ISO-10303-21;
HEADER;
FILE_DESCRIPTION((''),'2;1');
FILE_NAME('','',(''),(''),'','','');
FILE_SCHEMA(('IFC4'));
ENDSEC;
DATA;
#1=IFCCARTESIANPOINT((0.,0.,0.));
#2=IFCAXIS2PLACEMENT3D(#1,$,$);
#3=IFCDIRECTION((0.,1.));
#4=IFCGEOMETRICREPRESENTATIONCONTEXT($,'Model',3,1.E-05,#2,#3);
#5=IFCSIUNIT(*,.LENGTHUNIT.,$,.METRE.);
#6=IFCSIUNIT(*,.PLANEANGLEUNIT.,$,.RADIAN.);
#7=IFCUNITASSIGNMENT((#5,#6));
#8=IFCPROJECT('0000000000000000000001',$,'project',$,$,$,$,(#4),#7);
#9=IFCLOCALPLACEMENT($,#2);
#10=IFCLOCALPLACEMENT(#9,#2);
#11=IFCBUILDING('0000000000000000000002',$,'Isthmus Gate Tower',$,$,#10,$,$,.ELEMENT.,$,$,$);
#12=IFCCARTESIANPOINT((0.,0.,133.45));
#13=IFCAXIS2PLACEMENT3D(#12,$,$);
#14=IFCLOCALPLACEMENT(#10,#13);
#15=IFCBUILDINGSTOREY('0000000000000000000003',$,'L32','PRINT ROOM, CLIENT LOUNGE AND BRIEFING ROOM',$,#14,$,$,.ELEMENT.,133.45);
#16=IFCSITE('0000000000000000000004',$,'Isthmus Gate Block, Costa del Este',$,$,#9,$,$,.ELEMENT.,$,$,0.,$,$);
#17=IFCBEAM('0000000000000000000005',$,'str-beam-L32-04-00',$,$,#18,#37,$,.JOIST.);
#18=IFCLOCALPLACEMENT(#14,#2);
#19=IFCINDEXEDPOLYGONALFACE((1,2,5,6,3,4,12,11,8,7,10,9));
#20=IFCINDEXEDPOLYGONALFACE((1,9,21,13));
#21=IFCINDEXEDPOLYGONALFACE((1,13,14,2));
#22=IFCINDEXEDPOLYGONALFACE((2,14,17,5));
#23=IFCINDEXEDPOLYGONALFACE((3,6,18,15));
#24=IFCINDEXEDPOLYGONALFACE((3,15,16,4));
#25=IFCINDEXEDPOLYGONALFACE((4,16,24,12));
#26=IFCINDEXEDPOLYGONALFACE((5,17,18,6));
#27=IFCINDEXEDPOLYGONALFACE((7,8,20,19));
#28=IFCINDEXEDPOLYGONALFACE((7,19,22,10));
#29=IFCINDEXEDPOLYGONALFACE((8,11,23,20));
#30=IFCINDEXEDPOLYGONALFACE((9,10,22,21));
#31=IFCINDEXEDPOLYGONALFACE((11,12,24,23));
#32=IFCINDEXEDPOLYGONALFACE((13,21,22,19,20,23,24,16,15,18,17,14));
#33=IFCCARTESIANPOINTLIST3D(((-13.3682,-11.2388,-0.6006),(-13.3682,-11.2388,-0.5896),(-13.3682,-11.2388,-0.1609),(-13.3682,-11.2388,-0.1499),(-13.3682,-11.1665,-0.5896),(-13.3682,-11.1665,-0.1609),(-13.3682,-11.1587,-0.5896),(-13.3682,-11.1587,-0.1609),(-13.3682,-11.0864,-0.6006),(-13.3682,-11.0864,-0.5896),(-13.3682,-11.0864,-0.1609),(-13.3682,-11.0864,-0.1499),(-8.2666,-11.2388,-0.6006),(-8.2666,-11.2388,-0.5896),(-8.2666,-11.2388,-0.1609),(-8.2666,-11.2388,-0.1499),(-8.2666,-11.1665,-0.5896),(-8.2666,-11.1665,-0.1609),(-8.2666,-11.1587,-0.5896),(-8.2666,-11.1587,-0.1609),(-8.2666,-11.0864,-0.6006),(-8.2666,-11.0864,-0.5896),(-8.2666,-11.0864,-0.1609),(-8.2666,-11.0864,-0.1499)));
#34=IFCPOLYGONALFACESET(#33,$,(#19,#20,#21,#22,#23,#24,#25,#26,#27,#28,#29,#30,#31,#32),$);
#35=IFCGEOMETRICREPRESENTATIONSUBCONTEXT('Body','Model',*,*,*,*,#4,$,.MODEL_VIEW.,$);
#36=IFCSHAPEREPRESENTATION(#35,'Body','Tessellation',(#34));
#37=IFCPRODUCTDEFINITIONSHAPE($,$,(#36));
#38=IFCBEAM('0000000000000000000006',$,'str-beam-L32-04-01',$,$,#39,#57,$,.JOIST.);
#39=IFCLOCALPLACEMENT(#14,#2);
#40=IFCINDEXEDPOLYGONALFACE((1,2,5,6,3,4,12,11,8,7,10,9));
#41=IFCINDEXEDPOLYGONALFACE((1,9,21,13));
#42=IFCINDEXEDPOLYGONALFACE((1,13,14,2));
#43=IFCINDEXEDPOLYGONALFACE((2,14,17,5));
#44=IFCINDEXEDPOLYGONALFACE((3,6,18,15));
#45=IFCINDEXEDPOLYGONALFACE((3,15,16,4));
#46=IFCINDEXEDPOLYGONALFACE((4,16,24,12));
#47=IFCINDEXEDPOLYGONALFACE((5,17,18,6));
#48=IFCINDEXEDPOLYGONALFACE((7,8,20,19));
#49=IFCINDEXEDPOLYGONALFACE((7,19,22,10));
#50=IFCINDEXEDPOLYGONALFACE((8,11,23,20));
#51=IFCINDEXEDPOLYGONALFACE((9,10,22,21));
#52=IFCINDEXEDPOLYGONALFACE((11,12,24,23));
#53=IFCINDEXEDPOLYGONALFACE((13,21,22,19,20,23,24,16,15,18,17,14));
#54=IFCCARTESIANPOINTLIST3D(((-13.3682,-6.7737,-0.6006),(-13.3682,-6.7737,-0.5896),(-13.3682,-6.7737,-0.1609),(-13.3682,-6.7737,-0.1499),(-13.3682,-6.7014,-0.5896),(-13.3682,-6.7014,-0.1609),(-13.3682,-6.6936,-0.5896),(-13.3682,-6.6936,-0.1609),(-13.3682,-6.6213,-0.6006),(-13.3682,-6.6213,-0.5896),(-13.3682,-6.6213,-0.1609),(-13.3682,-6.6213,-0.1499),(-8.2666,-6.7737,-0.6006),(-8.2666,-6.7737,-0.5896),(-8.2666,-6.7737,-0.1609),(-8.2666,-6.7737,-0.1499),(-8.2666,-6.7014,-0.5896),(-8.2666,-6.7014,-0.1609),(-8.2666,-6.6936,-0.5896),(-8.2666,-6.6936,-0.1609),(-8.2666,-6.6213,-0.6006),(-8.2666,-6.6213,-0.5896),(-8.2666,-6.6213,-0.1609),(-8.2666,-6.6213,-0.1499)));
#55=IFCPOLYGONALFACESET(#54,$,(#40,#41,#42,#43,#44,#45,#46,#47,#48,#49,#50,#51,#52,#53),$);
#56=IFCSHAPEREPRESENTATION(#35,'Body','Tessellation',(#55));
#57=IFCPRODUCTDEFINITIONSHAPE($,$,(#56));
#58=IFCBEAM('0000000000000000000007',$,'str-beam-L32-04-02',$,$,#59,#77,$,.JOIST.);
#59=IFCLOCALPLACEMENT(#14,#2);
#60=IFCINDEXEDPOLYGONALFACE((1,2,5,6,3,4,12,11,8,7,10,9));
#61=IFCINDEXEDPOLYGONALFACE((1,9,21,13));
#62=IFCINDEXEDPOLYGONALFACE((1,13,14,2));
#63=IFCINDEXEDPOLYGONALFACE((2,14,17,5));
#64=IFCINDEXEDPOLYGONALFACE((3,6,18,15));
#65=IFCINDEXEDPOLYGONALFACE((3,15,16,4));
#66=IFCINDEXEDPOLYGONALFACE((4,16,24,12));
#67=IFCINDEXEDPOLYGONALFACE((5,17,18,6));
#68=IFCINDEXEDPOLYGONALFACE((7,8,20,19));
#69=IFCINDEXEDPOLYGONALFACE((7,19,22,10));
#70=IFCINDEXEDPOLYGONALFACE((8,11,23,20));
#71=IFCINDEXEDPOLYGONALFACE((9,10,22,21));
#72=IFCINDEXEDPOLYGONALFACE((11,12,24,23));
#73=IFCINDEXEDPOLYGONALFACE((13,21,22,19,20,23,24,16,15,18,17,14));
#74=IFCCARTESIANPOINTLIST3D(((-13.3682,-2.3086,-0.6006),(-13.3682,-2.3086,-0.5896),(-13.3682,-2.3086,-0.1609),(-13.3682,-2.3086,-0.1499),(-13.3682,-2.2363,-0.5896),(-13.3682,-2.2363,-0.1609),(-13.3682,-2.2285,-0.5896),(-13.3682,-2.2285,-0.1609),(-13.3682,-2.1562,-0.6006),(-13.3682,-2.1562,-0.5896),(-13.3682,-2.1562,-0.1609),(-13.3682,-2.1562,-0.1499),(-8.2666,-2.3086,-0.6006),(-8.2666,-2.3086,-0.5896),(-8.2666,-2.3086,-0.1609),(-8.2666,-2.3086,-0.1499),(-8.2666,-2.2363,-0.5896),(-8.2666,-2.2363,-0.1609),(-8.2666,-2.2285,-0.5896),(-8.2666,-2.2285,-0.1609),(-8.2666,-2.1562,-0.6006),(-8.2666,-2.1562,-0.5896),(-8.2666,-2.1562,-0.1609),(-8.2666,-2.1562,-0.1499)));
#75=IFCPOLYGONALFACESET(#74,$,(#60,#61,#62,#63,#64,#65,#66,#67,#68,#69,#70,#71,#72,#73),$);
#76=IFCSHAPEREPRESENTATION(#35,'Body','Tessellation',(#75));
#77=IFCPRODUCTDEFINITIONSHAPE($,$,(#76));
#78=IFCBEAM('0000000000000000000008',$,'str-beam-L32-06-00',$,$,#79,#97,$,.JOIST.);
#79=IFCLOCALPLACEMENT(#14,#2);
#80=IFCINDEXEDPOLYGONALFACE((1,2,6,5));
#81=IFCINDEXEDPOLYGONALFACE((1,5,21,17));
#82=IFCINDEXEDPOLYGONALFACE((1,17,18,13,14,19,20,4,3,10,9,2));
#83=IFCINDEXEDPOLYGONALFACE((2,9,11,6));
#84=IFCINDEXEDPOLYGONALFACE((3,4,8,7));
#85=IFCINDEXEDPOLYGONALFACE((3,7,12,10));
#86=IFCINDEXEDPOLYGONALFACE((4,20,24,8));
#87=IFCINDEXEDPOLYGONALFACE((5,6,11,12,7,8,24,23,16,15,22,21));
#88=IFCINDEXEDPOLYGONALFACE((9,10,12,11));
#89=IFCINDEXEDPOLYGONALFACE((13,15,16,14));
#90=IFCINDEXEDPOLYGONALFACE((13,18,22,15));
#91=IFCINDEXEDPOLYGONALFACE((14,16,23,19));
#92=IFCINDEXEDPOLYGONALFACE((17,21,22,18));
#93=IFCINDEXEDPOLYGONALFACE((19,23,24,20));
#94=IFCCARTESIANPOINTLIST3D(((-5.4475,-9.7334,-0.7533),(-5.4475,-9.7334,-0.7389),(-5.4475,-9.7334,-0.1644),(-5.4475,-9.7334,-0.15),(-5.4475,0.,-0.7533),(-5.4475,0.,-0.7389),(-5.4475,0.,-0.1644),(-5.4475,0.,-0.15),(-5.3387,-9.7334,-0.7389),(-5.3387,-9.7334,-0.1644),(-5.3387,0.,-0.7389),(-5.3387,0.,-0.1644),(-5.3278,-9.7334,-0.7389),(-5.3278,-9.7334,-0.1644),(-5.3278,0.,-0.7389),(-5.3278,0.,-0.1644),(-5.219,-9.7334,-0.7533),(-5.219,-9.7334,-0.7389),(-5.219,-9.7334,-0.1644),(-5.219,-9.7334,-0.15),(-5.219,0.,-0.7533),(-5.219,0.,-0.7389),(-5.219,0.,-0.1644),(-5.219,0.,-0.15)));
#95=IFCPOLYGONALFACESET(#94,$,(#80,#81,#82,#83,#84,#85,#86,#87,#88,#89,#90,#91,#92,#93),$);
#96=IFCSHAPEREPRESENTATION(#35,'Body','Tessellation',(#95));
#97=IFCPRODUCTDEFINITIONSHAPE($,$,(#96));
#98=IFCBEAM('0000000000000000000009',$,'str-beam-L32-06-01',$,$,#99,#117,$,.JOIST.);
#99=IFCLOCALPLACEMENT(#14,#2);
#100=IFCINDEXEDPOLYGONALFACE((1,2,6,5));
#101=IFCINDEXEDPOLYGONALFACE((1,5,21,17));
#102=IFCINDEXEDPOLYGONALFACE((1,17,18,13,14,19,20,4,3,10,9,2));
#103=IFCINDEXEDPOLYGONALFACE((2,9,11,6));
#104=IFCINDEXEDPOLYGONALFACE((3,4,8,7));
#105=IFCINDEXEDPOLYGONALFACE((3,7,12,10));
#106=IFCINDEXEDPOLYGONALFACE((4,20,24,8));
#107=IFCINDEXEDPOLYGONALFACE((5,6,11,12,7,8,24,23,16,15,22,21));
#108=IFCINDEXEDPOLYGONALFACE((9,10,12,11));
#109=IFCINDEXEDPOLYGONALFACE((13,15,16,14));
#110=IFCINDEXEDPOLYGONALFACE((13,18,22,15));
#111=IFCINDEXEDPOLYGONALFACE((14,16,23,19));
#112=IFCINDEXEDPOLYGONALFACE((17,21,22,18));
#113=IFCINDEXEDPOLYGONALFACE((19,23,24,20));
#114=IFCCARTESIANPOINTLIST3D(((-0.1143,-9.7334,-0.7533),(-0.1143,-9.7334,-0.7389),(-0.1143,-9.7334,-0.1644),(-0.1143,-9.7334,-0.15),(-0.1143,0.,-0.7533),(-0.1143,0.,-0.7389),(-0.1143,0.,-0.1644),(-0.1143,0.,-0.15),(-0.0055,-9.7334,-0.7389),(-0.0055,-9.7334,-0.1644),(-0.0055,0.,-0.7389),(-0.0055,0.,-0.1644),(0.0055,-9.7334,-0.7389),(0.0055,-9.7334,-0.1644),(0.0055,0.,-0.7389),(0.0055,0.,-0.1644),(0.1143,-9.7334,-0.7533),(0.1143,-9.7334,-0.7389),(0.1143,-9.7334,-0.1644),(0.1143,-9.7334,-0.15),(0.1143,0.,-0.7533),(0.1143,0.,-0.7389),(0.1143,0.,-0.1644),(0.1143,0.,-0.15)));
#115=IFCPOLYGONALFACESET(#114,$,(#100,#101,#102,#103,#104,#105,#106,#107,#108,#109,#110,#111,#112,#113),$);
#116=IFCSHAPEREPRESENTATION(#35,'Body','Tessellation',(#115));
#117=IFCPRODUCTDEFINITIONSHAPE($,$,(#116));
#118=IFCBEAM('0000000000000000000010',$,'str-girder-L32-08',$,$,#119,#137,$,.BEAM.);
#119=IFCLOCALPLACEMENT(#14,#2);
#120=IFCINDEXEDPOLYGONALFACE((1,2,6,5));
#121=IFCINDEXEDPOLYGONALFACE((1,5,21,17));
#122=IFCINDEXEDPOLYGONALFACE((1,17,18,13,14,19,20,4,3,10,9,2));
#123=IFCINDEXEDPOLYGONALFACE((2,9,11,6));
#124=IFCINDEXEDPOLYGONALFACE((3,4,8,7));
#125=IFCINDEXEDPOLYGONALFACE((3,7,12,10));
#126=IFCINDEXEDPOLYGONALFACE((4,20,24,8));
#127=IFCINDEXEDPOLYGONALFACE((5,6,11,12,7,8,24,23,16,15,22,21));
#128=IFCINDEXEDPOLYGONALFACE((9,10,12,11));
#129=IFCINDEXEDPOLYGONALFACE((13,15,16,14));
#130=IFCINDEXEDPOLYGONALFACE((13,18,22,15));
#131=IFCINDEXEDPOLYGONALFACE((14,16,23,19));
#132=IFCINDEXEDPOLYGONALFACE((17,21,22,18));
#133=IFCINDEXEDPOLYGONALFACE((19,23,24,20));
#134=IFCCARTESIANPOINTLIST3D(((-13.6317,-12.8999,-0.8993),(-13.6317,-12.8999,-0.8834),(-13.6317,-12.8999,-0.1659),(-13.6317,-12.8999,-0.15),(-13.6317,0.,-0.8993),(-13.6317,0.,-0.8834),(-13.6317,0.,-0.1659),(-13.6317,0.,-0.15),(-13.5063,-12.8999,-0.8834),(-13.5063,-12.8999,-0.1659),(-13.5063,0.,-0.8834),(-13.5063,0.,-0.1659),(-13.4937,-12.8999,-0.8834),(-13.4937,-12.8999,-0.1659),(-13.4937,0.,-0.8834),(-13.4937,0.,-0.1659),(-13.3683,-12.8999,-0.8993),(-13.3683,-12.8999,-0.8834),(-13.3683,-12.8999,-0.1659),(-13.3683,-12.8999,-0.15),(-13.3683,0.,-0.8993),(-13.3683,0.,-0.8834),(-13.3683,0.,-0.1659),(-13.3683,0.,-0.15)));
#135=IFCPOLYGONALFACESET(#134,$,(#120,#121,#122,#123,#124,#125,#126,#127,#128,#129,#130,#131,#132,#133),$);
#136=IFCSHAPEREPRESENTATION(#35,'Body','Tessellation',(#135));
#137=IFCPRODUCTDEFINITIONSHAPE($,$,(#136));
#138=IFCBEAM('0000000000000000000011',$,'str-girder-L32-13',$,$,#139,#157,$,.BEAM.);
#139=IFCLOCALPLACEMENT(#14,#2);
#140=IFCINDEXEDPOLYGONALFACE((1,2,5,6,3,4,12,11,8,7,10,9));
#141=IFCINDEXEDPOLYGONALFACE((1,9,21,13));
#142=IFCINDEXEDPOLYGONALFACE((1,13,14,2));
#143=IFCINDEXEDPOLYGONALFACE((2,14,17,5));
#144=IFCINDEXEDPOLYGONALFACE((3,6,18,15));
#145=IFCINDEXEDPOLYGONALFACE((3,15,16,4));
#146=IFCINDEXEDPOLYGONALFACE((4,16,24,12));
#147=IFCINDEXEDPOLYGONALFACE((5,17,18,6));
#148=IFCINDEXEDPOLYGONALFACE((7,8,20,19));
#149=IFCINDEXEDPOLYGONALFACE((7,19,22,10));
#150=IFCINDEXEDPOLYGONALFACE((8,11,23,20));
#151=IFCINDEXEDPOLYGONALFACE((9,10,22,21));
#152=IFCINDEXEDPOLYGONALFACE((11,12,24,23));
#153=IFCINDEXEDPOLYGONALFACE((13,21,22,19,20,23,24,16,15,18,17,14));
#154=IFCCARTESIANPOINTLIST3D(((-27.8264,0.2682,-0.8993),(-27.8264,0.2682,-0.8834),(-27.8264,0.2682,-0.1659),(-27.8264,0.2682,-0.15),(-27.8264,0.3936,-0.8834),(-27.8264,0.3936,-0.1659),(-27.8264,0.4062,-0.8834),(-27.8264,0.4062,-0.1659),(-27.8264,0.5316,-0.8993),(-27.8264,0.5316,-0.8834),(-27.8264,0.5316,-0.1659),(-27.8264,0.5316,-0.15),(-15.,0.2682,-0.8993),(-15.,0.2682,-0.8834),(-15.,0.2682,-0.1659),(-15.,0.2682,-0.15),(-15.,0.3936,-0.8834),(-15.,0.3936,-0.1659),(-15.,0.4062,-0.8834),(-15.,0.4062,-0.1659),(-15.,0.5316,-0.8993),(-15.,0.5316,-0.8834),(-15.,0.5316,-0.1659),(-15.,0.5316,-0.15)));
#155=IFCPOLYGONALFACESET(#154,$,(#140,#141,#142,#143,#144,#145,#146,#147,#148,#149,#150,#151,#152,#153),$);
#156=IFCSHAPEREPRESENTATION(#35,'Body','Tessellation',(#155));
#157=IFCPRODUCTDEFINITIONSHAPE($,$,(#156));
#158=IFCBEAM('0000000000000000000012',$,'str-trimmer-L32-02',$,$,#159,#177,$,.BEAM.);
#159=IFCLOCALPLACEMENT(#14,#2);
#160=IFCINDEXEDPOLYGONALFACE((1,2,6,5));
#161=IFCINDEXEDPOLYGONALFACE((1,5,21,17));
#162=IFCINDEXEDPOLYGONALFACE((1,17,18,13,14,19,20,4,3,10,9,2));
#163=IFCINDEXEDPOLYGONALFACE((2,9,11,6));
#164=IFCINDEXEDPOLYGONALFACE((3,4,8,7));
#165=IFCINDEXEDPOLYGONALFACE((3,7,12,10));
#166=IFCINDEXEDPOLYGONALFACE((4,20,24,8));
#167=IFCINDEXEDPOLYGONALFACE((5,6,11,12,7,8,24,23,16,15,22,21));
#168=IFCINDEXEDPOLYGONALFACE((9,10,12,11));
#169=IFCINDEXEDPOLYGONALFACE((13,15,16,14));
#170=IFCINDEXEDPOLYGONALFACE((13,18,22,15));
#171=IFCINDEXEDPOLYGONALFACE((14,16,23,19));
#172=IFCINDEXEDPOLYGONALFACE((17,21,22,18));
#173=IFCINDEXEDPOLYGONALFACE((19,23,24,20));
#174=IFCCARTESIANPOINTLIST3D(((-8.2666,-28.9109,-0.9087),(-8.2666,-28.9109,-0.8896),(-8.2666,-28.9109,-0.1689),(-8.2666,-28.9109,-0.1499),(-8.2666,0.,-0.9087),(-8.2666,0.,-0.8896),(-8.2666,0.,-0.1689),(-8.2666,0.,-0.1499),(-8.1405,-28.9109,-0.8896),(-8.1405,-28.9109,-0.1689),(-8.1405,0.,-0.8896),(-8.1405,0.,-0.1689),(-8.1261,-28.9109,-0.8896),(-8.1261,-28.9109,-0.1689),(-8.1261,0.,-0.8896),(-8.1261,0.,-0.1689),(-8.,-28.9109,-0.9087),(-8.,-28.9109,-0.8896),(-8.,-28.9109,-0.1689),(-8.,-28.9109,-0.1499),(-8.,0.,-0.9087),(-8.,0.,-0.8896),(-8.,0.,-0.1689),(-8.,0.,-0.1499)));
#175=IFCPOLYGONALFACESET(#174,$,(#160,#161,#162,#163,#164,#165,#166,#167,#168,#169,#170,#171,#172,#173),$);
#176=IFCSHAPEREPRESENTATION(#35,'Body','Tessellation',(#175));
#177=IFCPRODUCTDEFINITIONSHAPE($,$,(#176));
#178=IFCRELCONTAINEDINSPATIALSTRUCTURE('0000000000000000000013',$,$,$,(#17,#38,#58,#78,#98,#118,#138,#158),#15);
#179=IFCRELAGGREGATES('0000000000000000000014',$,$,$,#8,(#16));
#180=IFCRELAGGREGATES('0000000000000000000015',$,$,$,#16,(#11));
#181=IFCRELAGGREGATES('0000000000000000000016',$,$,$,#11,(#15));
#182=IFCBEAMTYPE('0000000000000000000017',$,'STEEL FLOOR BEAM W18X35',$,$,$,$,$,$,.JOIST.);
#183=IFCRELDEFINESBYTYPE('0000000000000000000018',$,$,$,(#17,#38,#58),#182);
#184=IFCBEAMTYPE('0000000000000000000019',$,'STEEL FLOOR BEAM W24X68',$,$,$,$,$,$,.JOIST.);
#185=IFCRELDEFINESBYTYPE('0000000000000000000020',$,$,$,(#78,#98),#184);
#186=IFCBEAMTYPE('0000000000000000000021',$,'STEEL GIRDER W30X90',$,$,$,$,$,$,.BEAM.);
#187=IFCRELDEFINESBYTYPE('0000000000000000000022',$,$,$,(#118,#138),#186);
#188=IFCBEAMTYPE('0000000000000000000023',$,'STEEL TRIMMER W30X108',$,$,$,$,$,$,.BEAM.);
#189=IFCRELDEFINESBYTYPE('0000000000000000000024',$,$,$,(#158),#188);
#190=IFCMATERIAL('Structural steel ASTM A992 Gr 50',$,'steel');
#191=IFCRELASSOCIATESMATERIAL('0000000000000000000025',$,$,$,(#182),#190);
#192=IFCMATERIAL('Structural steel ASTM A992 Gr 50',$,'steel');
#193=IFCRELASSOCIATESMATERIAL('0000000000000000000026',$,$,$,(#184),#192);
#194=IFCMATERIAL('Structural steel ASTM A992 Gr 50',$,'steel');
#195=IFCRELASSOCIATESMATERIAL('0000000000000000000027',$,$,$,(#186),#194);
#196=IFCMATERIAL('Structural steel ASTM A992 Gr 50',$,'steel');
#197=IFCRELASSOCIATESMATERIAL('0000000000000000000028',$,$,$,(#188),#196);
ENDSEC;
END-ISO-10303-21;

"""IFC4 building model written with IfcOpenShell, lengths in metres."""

from ifc_helpers import new_model, si_unit, direction, frame, origin, origin_2d, place, context, subcontext, project, spatial, i_section, extrude, material, material_profile, profile_set, type_object, element, save


model = new_model("IFC4")

# Units and contexts
model_context = context("Model", 3, precision=1e-05, world=origin(), true_north=direction((0.0, 1.0)))
body_context = subcontext(model_context, "Body", "Model", "MODEL_VIEW")
ifc_project = project(units=[si_unit("LENGTHUNIT", "METRE"), si_unit("PLANEANGLEUNIT", "RADIAN")], contexts=[model_context])

# Site, building, storey
site_placement = place(None, origin())
site = spatial("IfcSite", under=ifc_project, at=site_placement, Name="Isthmus Gate Block, Costa del Este", CompositionType="ELEMENT", RefElevation=0.0)
building_placement = place(site_placement, origin())
building = spatial("IfcBuilding", under=site, at=building_placement, Name="Isthmus Gate Tower", CompositionType="ELEMENT")
storey_placement = place(building_placement, frame((0.0, 0.0, 133.45)))
storey = spatial("IfcBuildingStorey", under=building, at=storey_placement, Name="L32", Description="PRINT ROOM, CLIENT LOUNGE AND BRIEFING ROOM", CompositionType="ELEMENT", Elevation=133.45)

# Beams
ifc_material_1 = material(Name="Structural steel ASTM A992 Gr 50", Category="steel")
ifc_material_profile_1 = material_profile(ifc_material_1, i_section(OverallWidth=0.1523, OverallDepth=0.4507, WebThickness=0.0078, FlangeThickness=0.011, at=origin_2d()), Name="W18X35")
ifc_profile_set_1 = profile_set([ifc_material_profile_1], Name="Structural steel ASTM A992 Gr 50")
beam_type_1 = type_object("IfcBeamType", Name="STEEL FLOOR BEAM W18X35", PredefinedType="JOIST", material=ifc_profile_set_1)
for number, where, z_axis, x_axis, name in (
    (1, (-13.3682, -11.1626, -0.3752), (1.0, 0.0, 0.0), (0.0, 1.0, 0.0), "str-beam-L32-04-00"),
    (2, (-13.3682, -6.6975, -0.3752), (1.0, 0.0, 0.0), (0.0, 1.0, 0.0), "str-beam-L32-04-01"),
    (3, (-13.3682, -2.2324, -0.3752), (1.0, 0.0, 0.0), (0.0, 1.0, 0.0), "str-beam-L32-04-02"),
):
    element("IfcBeam", number, at=place(storey_placement, frame(where, z_axis=z_axis, x_axis=x_axis)), inside=storey, type_object=beam_type_1, Name=name, PredefinedType="JOIST", context=body_context, shape_type="SweptSolid", body=[
        extrude(i_section(OverallWidth=0.1523, OverallDepth=0.4507, WebThickness=0.0078, FlangeThickness=0.011, at=origin_2d()), origin(), (0.0, 0.0, 1.0), 5.1016),
    ])
ifc_material_2 = material(Name="Structural steel ASTM A992 Gr 50", Category="steel")
ifc_material_profile_2 = material_profile(ifc_material_2, i_section(OverallWidth=0.2285, OverallDepth=0.6033, WebThickness=0.011, FlangeThickness=0.0144, at=origin_2d()), Name="W24X68")
ifc_profile_set_2 = profile_set([ifc_material_profile_2], Name="Structural steel ASTM A992 Gr 50")
beam_type_2 = type_object("IfcBeamType", Name="STEEL FLOOR BEAM W24X68", PredefinedType="JOIST", material=ifc_profile_set_2)
for number, where, z_axis, x_axis, name in (
    (4, (-5.3333, -9.7334, -0.4517), (0.0, 1.0, 0.0), (-1.0, 0.0, 0.0), "str-beam-L32-06-00"),
    (5, (0.0, -9.7334, -0.4517), (0.0, 1.0, 0.0), (-1.0, 0.0, 0.0), "str-beam-L32-06-01"),
):
    element("IfcBeam", number, at=place(storey_placement, frame(where, z_axis=z_axis, x_axis=x_axis)), inside=storey, type_object=beam_type_2, Name=name, PredefinedType="JOIST", context=body_context, shape_type="SweptSolid", body=[
        extrude(i_section(OverallWidth=0.2285, OverallDepth=0.6033, WebThickness=0.011, FlangeThickness=0.0144, at=origin_2d()), origin(), (0.0, 0.0, 1.0), 9.7334),
    ])
ifc_material_3 = material(Name="Structural steel ASTM A992 Gr 50", Category="steel")
ifc_material_profile_3 = material_profile(ifc_material_3, i_section(OverallWidth=0.2634, OverallDepth=0.7493, WebThickness=0.0127, FlangeThickness=0.0159, at=origin_2d()), Name="W30X90")
ifc_profile_set_3 = profile_set([ifc_material_profile_3], Name="Structural steel ASTM A992 Gr 50")
beam_type_3 = type_object("IfcBeamType", Name="STEEL GIRDER W30X90", PredefinedType="BEAM", material=ifc_profile_set_3)
beam_1_placement = place(storey_placement, frame((-13.5, -12.8999, -0.5247), z_axis=(0.0, 1.0, 0.0), x_axis=(-1.0, 0.0, 0.0)))
element("IfcBeam", 6, at=beam_1_placement, inside=storey, type_object=beam_type_3, Name="str-girder-L32-08", PredefinedType="BEAM", context=body_context, shape_type="SweptSolid", body=[
    extrude(i_section(OverallWidth=0.2634, OverallDepth=0.7493, WebThickness=0.0127, FlangeThickness=0.0159, at=origin_2d()), origin(), (0.0, 0.0, 1.0), 12.8999),
])
beam_2_placement = place(storey_placement, frame((-15.0, 0.3999, -0.5247), z_axis=(-1.0, 0.0, 0.0), x_axis=(0.0, -1.0, 0.0)))
element("IfcBeam", 7, at=beam_2_placement, inside=storey, type_object=beam_type_3, Name="str-girder-L32-13", PredefinedType="BEAM", context=body_context, shape_type="SweptSolid", body=[
    extrude(i_section(OverallWidth=0.2634, OverallDepth=0.7493, WebThickness=0.0127, FlangeThickness=0.0159, at=origin_2d()), origin(), (0.0, 0.0, 1.0), 12.8264),
])
ifc_material_4 = material(Name="Structural steel ASTM A992 Gr 50", Category="steel")
ifc_material_profile_4 = material_profile(ifc_material_4, i_section(OverallWidth=0.2666, OverallDepth=0.7588, WebThickness=0.0144, FlangeThickness=0.019, at=origin_2d()), Name="W30X108")
ifc_profile_set_4 = profile_set([ifc_material_profile_4], Name="Structural steel ASTM A992 Gr 50")
beam_type_4 = type_object("IfcBeamType", Name="STEEL TRIMMER W30X108", PredefinedType="BEAM", material=ifc_profile_set_4)
beam_3_placement = place(storey_placement, frame((-8.1333, 0.0, -0.5293), z_axis=(0.0, -1.0, 0.0), x_axis=(1.0, 0.0, 0.0)))
element("IfcBeam", 8, at=beam_3_placement, inside=storey, type_object=beam_type_4, Name="str-trimmer-L32-02", PredefinedType="BEAM", context=body_context, shape_type="SweptSolid", body=[
    extrude(i_section(OverallWidth=0.2666, OverallDepth=0.7588, WebThickness=0.0144, FlangeThickness=0.019, at=origin_2d()), origin(), (0.0, 0.0, 1.0), 28.9109),
])

save(model, "model.ifc")
